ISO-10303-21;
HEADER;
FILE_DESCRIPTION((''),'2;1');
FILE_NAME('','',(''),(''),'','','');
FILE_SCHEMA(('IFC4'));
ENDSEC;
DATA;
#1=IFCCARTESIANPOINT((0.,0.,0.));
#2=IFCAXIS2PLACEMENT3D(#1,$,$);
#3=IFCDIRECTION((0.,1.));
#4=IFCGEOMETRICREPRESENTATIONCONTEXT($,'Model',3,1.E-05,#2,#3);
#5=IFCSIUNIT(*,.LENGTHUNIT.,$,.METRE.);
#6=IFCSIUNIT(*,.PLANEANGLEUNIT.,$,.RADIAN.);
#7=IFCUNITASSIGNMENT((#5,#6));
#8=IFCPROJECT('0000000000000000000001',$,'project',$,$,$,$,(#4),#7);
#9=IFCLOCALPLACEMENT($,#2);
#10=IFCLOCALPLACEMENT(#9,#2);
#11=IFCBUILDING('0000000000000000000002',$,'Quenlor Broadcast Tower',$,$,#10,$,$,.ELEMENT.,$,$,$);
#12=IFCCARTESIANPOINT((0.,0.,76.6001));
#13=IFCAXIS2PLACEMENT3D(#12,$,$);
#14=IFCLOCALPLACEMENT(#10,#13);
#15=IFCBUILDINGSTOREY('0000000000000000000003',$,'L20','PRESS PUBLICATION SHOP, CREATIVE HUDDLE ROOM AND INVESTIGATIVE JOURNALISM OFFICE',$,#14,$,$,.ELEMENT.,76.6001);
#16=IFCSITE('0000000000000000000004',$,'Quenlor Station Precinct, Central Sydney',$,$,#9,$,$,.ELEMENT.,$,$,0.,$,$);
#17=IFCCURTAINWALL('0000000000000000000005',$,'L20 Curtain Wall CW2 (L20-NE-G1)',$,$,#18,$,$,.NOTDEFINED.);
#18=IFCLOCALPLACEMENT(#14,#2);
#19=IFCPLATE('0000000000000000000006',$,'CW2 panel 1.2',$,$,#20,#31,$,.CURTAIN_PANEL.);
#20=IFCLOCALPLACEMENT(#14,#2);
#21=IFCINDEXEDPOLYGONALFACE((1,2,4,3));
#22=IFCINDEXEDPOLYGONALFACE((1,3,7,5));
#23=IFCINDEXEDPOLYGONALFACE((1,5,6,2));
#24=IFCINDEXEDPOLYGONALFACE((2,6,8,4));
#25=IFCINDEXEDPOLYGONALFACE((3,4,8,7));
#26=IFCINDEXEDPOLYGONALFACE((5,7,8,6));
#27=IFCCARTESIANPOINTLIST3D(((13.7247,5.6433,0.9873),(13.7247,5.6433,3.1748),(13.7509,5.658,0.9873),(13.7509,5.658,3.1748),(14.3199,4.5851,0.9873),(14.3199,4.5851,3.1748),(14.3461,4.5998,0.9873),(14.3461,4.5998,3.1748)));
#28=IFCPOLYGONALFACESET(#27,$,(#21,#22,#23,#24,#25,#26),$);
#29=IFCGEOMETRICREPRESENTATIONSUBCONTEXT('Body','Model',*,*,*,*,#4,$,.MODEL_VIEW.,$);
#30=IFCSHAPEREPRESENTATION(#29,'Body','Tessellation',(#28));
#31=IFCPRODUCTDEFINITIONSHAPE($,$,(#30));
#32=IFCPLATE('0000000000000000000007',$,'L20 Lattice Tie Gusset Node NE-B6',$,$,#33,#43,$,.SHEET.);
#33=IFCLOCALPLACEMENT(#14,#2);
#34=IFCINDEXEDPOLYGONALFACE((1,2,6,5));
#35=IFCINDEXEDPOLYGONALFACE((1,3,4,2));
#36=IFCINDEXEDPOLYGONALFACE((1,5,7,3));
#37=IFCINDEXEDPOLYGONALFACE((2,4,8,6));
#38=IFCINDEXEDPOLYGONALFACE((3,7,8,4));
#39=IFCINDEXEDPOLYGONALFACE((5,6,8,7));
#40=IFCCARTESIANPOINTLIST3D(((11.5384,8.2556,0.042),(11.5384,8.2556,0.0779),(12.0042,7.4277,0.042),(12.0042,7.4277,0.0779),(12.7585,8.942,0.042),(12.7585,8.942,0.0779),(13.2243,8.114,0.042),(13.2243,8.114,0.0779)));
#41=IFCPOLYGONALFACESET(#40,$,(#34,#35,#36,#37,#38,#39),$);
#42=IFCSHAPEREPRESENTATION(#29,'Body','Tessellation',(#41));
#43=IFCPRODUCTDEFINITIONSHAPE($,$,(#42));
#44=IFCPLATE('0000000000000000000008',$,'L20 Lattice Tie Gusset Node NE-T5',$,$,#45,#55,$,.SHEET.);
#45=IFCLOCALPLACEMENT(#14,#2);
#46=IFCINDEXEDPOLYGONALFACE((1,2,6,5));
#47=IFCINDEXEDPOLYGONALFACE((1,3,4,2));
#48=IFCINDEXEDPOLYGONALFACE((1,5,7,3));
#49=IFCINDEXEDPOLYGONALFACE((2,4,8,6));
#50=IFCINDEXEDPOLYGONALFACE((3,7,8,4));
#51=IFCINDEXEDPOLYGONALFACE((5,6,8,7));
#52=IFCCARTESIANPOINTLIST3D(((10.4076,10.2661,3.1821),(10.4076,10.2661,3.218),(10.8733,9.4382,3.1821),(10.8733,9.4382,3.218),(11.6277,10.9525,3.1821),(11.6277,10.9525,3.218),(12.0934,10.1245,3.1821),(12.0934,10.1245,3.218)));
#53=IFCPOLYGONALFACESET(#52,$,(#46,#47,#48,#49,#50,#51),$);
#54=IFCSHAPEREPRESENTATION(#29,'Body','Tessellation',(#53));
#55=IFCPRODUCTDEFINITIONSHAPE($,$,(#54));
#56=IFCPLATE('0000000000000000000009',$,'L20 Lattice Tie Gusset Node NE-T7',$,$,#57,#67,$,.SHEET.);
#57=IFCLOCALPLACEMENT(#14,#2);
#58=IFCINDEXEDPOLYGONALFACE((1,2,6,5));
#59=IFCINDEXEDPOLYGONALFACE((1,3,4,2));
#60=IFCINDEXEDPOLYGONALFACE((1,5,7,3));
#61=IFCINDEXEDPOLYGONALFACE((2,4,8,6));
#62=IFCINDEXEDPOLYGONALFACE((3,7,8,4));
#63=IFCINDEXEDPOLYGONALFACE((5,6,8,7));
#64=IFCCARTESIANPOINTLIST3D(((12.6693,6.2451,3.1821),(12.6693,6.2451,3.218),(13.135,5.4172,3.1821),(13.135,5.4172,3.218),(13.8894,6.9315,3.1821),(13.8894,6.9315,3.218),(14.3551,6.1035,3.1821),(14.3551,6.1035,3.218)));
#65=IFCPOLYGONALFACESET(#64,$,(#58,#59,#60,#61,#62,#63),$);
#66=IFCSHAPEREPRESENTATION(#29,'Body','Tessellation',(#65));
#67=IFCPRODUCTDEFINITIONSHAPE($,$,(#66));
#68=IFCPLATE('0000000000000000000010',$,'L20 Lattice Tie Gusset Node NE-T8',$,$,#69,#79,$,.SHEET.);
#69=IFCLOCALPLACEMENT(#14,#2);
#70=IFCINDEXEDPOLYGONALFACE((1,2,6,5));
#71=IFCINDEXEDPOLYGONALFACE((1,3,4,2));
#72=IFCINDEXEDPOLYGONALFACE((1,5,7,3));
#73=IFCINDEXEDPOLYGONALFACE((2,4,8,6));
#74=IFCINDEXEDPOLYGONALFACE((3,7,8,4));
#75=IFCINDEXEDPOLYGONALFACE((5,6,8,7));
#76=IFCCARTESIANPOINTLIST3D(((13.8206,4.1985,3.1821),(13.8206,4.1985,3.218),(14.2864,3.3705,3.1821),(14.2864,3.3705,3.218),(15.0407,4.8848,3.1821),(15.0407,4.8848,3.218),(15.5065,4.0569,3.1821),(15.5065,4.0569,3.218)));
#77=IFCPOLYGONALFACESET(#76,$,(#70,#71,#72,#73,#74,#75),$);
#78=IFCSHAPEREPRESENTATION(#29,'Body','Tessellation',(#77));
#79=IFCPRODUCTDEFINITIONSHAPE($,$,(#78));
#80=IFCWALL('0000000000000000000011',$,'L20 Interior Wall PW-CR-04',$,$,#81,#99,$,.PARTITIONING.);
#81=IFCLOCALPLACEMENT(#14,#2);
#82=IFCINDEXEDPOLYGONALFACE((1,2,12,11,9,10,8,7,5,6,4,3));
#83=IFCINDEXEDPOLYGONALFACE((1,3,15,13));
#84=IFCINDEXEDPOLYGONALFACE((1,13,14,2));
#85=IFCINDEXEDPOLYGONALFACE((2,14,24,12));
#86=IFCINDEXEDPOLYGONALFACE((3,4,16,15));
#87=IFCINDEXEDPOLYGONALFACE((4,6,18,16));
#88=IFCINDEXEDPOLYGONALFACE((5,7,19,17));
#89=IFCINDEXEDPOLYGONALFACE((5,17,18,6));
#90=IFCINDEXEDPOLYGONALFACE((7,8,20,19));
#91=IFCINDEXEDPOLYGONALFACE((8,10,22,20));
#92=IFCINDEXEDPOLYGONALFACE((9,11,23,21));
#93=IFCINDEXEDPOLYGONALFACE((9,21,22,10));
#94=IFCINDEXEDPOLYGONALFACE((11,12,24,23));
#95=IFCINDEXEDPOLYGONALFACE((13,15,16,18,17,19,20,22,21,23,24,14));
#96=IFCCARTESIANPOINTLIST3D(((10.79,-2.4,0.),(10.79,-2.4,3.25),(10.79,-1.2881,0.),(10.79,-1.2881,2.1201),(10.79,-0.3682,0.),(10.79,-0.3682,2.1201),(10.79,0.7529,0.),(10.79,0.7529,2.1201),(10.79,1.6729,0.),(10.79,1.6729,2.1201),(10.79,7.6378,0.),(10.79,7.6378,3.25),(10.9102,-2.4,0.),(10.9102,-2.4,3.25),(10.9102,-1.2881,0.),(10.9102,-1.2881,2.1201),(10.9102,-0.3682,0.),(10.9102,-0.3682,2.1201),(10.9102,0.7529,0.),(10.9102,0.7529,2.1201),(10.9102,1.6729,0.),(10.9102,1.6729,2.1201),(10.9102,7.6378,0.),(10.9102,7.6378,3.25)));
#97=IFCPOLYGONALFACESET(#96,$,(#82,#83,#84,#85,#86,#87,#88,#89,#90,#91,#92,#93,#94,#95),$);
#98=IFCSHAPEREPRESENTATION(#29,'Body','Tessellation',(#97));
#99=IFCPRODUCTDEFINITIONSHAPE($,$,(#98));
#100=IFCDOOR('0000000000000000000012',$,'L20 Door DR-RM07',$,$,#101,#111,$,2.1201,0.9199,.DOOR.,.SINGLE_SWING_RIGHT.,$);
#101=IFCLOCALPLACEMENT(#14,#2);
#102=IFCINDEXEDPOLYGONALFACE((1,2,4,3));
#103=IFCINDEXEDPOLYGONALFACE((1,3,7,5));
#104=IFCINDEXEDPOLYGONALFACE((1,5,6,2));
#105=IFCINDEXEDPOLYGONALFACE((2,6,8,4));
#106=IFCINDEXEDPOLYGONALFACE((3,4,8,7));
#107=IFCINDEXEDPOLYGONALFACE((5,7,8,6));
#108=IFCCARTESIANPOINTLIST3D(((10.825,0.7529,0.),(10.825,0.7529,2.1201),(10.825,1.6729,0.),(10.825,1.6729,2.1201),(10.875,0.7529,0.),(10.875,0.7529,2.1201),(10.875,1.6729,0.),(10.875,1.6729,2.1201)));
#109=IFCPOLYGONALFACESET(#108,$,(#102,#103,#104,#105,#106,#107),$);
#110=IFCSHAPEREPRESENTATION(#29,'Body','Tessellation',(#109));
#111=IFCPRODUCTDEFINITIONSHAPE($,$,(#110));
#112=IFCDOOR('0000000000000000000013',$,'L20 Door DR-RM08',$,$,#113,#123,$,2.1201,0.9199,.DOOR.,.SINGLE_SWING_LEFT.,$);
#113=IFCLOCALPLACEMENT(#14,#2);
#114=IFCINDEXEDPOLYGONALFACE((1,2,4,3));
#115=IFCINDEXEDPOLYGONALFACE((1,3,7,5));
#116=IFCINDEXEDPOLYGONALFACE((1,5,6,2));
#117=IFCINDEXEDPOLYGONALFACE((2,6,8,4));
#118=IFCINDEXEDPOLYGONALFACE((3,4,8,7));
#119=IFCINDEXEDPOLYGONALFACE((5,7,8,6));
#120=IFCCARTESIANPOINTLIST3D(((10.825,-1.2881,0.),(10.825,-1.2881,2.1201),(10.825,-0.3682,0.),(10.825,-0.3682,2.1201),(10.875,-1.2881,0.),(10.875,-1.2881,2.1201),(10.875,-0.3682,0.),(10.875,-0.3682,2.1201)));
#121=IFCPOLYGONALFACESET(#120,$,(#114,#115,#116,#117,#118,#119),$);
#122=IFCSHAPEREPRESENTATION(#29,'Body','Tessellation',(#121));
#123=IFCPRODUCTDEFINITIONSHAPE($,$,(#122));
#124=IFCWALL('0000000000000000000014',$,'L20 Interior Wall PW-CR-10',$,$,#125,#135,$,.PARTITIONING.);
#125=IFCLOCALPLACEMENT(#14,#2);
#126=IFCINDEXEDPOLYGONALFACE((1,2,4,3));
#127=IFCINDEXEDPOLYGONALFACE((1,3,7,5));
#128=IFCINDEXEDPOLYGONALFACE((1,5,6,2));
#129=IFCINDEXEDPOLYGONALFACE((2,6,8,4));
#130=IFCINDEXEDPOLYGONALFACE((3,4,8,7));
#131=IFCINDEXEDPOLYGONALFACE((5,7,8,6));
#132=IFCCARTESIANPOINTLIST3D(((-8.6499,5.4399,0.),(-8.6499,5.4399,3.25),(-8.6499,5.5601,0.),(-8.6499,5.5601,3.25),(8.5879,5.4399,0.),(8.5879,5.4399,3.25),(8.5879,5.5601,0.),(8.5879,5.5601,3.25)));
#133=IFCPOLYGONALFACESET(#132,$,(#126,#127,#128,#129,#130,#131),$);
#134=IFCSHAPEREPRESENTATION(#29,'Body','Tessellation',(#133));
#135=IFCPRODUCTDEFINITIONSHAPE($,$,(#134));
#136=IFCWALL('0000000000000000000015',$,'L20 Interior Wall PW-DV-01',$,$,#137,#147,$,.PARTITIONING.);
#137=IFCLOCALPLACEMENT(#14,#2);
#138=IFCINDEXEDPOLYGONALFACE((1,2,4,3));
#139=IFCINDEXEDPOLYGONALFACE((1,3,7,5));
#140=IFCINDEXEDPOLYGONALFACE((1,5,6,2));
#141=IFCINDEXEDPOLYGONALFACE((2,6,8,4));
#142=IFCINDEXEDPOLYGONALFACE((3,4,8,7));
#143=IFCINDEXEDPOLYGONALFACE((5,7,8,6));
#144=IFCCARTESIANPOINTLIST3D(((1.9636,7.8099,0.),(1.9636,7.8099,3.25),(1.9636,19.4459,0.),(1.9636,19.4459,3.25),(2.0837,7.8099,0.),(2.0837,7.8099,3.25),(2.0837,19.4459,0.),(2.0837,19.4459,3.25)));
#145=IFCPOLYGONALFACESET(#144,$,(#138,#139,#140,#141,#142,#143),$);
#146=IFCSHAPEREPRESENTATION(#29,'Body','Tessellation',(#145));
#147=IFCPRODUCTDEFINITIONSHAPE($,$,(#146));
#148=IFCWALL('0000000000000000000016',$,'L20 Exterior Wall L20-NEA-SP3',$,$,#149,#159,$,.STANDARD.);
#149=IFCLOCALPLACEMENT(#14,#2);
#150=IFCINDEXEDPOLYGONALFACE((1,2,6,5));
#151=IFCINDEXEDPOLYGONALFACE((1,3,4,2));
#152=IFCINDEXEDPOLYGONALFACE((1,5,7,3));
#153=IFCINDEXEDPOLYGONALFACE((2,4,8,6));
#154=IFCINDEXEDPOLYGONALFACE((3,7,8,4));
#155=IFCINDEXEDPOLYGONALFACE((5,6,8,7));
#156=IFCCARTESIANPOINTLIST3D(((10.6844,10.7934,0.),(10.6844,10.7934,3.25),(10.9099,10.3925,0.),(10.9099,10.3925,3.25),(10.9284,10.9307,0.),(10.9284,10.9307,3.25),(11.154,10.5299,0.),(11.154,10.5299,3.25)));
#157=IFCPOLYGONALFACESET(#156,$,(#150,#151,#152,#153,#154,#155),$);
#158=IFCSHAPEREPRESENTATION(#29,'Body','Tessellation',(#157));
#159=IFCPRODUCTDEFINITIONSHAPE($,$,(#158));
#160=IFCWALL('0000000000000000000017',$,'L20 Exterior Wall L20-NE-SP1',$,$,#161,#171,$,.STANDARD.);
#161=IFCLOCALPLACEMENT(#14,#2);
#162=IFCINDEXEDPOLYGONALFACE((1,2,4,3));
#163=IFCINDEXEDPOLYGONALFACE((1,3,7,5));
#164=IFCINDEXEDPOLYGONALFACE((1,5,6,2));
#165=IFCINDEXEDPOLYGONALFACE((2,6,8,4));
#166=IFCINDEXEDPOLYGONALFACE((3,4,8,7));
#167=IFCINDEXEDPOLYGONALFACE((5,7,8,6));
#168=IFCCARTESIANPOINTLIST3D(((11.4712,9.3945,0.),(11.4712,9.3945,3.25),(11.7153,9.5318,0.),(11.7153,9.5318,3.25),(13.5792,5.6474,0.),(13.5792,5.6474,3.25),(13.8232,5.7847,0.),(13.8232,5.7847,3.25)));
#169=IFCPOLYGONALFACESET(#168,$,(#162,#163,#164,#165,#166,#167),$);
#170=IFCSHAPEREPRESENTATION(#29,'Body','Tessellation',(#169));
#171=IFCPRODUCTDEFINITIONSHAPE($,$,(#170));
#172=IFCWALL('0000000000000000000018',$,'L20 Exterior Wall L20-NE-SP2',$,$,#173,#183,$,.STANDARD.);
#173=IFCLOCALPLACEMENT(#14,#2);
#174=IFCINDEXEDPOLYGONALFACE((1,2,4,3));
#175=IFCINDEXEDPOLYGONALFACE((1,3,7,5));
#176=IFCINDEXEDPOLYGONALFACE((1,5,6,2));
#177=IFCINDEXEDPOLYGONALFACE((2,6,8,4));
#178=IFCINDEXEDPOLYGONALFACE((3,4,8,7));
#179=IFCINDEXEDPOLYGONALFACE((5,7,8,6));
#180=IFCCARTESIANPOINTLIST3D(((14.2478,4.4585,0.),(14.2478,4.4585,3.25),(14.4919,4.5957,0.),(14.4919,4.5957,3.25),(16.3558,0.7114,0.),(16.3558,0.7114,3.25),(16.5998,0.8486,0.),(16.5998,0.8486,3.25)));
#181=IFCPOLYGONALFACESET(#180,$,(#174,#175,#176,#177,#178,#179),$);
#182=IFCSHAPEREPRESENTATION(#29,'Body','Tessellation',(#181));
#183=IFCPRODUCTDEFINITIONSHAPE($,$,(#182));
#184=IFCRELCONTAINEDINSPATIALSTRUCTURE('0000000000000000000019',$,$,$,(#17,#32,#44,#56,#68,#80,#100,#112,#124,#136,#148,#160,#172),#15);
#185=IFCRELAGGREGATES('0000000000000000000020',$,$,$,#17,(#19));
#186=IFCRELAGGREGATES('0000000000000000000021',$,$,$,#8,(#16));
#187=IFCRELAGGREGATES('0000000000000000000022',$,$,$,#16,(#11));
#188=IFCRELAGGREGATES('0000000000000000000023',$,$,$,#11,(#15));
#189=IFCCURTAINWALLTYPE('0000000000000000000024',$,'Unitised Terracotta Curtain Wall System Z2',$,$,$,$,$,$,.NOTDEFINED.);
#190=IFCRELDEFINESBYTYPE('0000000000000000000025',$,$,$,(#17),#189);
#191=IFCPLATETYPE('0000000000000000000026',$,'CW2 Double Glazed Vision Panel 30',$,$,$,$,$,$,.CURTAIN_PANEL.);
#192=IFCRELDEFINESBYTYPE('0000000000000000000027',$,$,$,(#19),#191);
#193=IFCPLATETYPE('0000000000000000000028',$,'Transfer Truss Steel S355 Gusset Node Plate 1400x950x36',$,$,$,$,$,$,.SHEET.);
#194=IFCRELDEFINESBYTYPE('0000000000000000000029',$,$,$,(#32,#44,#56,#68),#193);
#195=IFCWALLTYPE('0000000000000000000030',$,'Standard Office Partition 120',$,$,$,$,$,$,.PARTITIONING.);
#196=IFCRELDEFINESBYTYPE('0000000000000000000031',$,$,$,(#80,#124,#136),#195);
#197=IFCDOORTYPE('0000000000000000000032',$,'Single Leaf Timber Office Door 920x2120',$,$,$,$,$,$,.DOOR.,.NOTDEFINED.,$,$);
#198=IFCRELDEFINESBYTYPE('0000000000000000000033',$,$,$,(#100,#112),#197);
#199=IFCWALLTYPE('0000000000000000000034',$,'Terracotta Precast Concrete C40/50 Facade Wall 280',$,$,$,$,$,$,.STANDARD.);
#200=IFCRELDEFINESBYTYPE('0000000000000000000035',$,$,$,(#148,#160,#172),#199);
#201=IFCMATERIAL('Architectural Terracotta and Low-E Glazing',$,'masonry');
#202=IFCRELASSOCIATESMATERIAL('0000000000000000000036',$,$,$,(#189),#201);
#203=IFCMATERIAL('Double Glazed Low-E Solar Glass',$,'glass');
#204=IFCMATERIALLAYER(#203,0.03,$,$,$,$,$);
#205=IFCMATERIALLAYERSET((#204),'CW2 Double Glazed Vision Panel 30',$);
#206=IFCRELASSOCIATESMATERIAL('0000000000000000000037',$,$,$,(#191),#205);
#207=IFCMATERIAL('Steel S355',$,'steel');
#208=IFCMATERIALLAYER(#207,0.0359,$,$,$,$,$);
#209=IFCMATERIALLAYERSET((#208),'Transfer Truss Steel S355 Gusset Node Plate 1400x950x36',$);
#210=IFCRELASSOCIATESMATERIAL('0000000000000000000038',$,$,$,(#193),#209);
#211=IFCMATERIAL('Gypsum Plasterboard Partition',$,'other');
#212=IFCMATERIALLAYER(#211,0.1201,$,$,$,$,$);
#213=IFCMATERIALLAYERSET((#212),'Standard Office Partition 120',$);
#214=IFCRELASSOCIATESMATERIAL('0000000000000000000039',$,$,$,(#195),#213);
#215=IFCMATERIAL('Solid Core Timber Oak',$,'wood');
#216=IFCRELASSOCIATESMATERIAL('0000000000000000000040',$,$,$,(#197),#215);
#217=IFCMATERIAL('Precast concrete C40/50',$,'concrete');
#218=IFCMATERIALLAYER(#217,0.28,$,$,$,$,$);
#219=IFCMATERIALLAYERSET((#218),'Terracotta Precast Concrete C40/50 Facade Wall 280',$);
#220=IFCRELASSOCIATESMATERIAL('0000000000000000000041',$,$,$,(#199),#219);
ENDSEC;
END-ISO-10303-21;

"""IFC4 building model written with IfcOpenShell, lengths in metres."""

from ifc_helpers import new_model, si_unit, direction, frame, frame_2d, origin, origin_2d, place, context, subcontext, project, spatial, rectangle, extrude, material, layer, layer_set, type_object, element, fill, aggregate, save


model = new_model("IFC4")

# Units and contexts
model_context = context("Model", 3, precision=1e-05, world=origin(), true_north=direction((0.0, 1.0)))
body_context = subcontext(model_context, "Body", "Model", "MODEL_VIEW")
ifc_project = project(units=[si_unit("LENGTHUNIT", "METRE"), si_unit("PLANEANGLEUNIT", "RADIAN")], contexts=[model_context])

# Site, building, storey
site_placement = place(None, origin())
site = spatial("IfcSite", under=ifc_project, at=site_placement, Name="Quenlor Station Precinct, Central Sydney", CompositionType="ELEMENT", RefElevation=0.0)
building_placement = place(site_placement, origin())
building = spatial("IfcBuilding", under=site, at=building_placement, Name="Quenlor Broadcast Tower", CompositionType="ELEMENT")
storey_placement = place(building_placement, frame((0.0, 0.0, 76.6001)))
storey = spatial("IfcBuildingStorey", under=building, at=storey_placement, Name="L20", Description="PRESS PUBLICATION SHOP, CREATIVE HUDDLE ROOM AND INVESTIGATIVE JOURNALISM OFFICE", CompositionType="ELEMENT", Elevation=76.6001)

# Shared definitions
ifc_material_1 = material(Name="Architectural Terracotta and Low-E Glazing", Category="masonry")
curtain_wall_type = type_object("IfcCurtainWallType", Name="Unitised Terracotta Curtain Wall System Z2", PredefinedType="NOTDEFINED", material=ifc_material_1)

# Curtain wall
curtain_wall_1_placement = place(storey_placement, origin())
curtain_wall_1 = element("IfcCurtainWall", 1, at=curtain_wall_1_placement, inside=storey, type_object=curtain_wall_type, Name="L20 Curtain Wall CW2 (L20-NE-G1)", PredefinedType="NOTDEFINED")

# Plate
ifc_material_2 = material(Name="Double Glazed Low-E Solar Glass", Category="glass")
ifc_layer_1 = layer(ifc_material_2, 0.03)
ifc_layer_set_1 = layer_set([ifc_layer_1], Name="CW2 Double Glazed Vision Panel 30")
plate_type_1 = type_object("IfcPlateType", Name="CW2 Double Glazed Vision Panel 30", PredefinedType="CURTAIN_PANEL", material=ifc_layer_set_1)
plate_1_placement = place(storey_placement, frame((14.0354, 5.1216, 0.9873), z_axis=(0.0, 0.0, 1.0), x_axis=(0.490254, -0.871579, 0.0)))
plate_1 = element("IfcPlate", 2, at=plate_1_placement, type_object=plate_type_1, Name="CW2 panel 1.2", PredefinedType="CURTAIN_PANEL", context=body_context, shape_type="SweptSolid", body=[
    extrude(rectangle(XDim=1.2141, YDim=0.03, at=origin_2d()), origin(), (0.0, 0.0, 1.0), 2.1875),
])
aggregate(curtain_wall_1, [plate_1])

# Plates
ifc_material_3 = material(Name="Steel S355", Category="steel")
ifc_layer_2 = layer(ifc_material_3, 0.0359)
ifc_layer_set_2 = layer_set([ifc_layer_2], Name="Transfer Truss Steel S355 Gusset Node Plate 1400x950x36")
plate_type_2 = type_object("IfcPlateType", Name="Transfer Truss Steel S355 Gusset Node Plate 1400x950x36", PredefinedType="SHEET", material=ifc_layer_set_2)
for number, where, z_axis, x_axis, name in (
    (3, (12.3813, 8.1848, 0.042), (0.0, 0.0, 1.0), (0.871556, 0.490295, 0.0), "L20 Lattice Tie Gusset Node NE-B6"),
    (4, (11.2505, 10.1953, 3.1821), (0.0, 0.0, 1.0), (0.871556, 0.490295, 0.0), "L20 Lattice Tie Gusset Node NE-T5"),
    (5, (13.5122, 6.1743, 3.1821), (0.0, 0.0, 1.0), (0.871556, 0.490295, 0.0), "L20 Lattice Tie Gusset Node NE-T7"),
    (6, (14.6636, 4.1277, 3.1821), (0.0, 0.0, 1.0), (0.871556, 0.490295, 0.0), "L20 Lattice Tie Gusset Node NE-T8"),
):
    element("IfcPlate", number, at=place(storey_placement, frame(where, z_axis=z_axis, x_axis=x_axis)), inside=storey, type_object=plate_type_2, Name=name, PredefinedType="SHEET", context=body_context, shape_type="SweptSolid", body=[
        extrude(rectangle(XDim=1.3999, YDim=0.95, at=origin_2d()), origin(), (0.0, 0.0, 1.0), 0.0359),
    ])

# Wall, openings, doors
ifc_material_4 = material(Name="Gypsum Plasterboard Partition", Category="other")
ifc_layer_3 = layer(ifc_material_4, 0.1201)
ifc_layer_set_3 = layer_set([ifc_layer_3], Name="Standard Office Partition 120")
wall_type_1 = type_object("IfcWallType", Name="Standard Office Partition 120", PredefinedType="PARTITIONING", material=ifc_layer_set_3)
wall_1_placement = place(storey_placement, frame((10.8501, 7.6379, 0.0), z_axis=(0.0, 0.0, 1.0), x_axis=(0.0, -1.0, 0.0)))
wall_1 = element("IfcWall", 7, at=wall_1_placement, inside=storey, type_object=wall_type_1, Name="L20 Interior Wall PW-CR-04", PredefinedType="PARTITIONING", context=body_context, shape_type="SweptSolid", body=[
    extrude(rectangle(XDim=10.0378, YDim=0.1201, at=frame_2d((5.019, 0.0))), origin(), (0.0, 0.0, 1.0), 3.25),
])
opening_1_placement = place(wall_1_placement, frame((5.9651, 0.0, 0.0)))
opening_1 = element("IfcOpeningElement", 8, at=opening_1_placement, cuts=wall_1, PredefinedType="OPENING", context=body_context, shape_type="SweptSolid", body=[
    extrude(rectangle(XDim=0.9199, YDim=2.1201, at=frame_2d((0.46, 1.0601))), frame((0.0, 0.0701, 0.0), z_axis=(0.0, -1.0, 0.0), x_axis=(1.0, 0.0, 0.0)), (0.0, 0.0, 1.0), 0.1401),
])
opening_2_placement = place(wall_1_placement, frame((8.0061, 0.0, 0.0)))
opening_2 = element("IfcOpeningElement", 9, at=opening_2_placement, cuts=wall_1, PredefinedType="OPENING", context=body_context, shape_type="SweptSolid", body=[
    extrude(rectangle(XDim=0.9199, YDim=2.1201, at=frame_2d((0.46, 1.0601))), frame((0.0, 0.0701, 0.0), z_axis=(0.0, -1.0, 0.0), x_axis=(1.0, 0.0, 0.0)), (0.0, 0.0, 1.0), 0.1401),
])
ifc_material_5 = material(Name="Solid Core Timber Oak", Category="wood")
door_type = type_object("IfcDoorType", Name="Single Leaf Timber Office Door 920x2120", OperationType="NOTDEFINED", PredefinedType="DOOR", material=ifc_material_5)
door_1_placement = place(opening_1_placement, origin())
door_1 = element("IfcDoor", 10, at=door_1_placement, inside=storey, type_object=door_type, Name="L20 Door DR-RM07", OperationType="SINGLE_SWING_RIGHT", OverallHeight=2.1201, OverallWidth=0.9199, PredefinedType="DOOR", context=body_context, shape_type="SweptSolid", body=[
    extrude(rectangle(XDim=0.9199, YDim=2.1201, at=frame_2d((0.46, 1.0601))), frame((0.0, 0.0249, 0.0), z_axis=(0.0, -1.0, 0.0), x_axis=(1.0, 0.0, 0.0)), (0.0, 0.0, 1.0), 0.05),
])
fill(opening_1, door_1)
door_2_placement = place(opening_2_placement, origin())
door_2 = element("IfcDoor", 11, at=door_2_placement, inside=storey, type_object=door_type, Name="L20 Door DR-RM08", OperationType="SINGLE_SWING_LEFT", OverallHeight=2.1201, OverallWidth=0.9199, PredefinedType="DOOR", context=body_context, shape_type="SweptSolid", body=[
    extrude(rectangle(XDim=0.9199, YDim=2.1201, at=frame_2d((0.46, 1.0601))), frame((0.0, 0.0249, 0.0), z_axis=(0.0, -1.0, 0.0), x_axis=(1.0, 0.0, 0.0)), (0.0, 0.0, 1.0), 0.05),
])
fill(opening_2, door_2)

# Walls
wall_2_placement = place(storey_placement, frame((8.5879, 5.5, 0.0), z_axis=(0.0, 0.0, 1.0), x_axis=(-1.0, 0.0, 0.0)))
element("IfcWall", 12, at=wall_2_placement, inside=storey, type_object=wall_type_1, Name="L20 Interior Wall PW-CR-10", PredefinedType="PARTITIONING", context=body_context, shape_type="SweptSolid", body=[
    extrude(rectangle(XDim=17.2378, YDim=0.1201, at=frame_2d((8.6189, 0.0))), origin(), (0.0, 0.0, 1.0), 3.25),
])
wall_3_placement = place(storey_placement, frame((2.0237, 7.8101, 0.0), z_axis=(0.0, 0.0, 1.0), x_axis=(0.0, 1.0, 0.0)))
element("IfcWall", 13, at=wall_3_placement, inside=storey, type_object=wall_type_1, Name="L20 Interior Wall PW-DV-01", PredefinedType="PARTITIONING", context=body_context, shape_type="SweptSolid", body=[
    extrude(rectangle(XDim=11.636, YDim=0.1201, at=frame_2d((5.8179, 0.0))), origin(), (0.0, 0.0, 1.0), 3.25),
])
ifc_material_6 = material(Name="Precast concrete C40/50", Category="concrete")
ifc_layer_4 = layer(ifc_material_6, 0.28)
ifc_layer_set_4 = layer_set([ifc_layer_4], Name="Terracotta Precast Concrete C40/50 Facade Wall 280")
wall_type_2 = type_object("IfcWallType", Name="Terracotta Precast Concrete C40/50 Facade Wall 280", PredefinedType="STANDARD", material=ifc_layer_set_4)
wall_4_placement = place(storey_placement, frame((10.8064, 10.8621, 0.0), z_axis=(0.0, 0.0, 1.0), x_axis=(0.490412, -0.87149, 0.0)))
element("IfcWall", 14, at=wall_4_placement, inside=storey, type_object=wall_type_2, Name="L20 Exterior Wall L20-NEA-SP3", PredefinedType="STANDARD", context=body_context, shape_type="SweptSolid", body=[
    extrude(rectangle(XDim=0.46, YDim=0.28, at=frame_2d((0.23, 0.0))), origin(), (0.0, 0.0, 1.0), 3.25),
])
for number, where, z_axis, x_axis, name in (
    (15, (11.5933, 9.4631, 0.0), (0.0, 0.0, 1.0), (0.490294, -0.871557, 0.0), "L20 Exterior Wall L20-NE-SP1"),
    (16, (14.3699, 4.5271, 0.0), (0.0, 0.0, 1.0), (0.490294, -0.871557, 0.0), "L20 Exterior Wall L20-NE-SP2"),
):
    element("IfcWall", number, at=place(storey_placement, frame(where, z_axis=z_axis, x_axis=x_axis)), inside=storey, type_object=wall_type_2, Name=name, PredefinedType="STANDARD", context=body_context, shape_type="SweptSolid", body=[
        extrude(rectangle(XDim=4.2993, YDim=0.28, at=frame_2d((2.1497, 0.0))), origin(), (0.0, 0.0, 1.0), 3.25),
    ])

save(model, "model.ifc")
